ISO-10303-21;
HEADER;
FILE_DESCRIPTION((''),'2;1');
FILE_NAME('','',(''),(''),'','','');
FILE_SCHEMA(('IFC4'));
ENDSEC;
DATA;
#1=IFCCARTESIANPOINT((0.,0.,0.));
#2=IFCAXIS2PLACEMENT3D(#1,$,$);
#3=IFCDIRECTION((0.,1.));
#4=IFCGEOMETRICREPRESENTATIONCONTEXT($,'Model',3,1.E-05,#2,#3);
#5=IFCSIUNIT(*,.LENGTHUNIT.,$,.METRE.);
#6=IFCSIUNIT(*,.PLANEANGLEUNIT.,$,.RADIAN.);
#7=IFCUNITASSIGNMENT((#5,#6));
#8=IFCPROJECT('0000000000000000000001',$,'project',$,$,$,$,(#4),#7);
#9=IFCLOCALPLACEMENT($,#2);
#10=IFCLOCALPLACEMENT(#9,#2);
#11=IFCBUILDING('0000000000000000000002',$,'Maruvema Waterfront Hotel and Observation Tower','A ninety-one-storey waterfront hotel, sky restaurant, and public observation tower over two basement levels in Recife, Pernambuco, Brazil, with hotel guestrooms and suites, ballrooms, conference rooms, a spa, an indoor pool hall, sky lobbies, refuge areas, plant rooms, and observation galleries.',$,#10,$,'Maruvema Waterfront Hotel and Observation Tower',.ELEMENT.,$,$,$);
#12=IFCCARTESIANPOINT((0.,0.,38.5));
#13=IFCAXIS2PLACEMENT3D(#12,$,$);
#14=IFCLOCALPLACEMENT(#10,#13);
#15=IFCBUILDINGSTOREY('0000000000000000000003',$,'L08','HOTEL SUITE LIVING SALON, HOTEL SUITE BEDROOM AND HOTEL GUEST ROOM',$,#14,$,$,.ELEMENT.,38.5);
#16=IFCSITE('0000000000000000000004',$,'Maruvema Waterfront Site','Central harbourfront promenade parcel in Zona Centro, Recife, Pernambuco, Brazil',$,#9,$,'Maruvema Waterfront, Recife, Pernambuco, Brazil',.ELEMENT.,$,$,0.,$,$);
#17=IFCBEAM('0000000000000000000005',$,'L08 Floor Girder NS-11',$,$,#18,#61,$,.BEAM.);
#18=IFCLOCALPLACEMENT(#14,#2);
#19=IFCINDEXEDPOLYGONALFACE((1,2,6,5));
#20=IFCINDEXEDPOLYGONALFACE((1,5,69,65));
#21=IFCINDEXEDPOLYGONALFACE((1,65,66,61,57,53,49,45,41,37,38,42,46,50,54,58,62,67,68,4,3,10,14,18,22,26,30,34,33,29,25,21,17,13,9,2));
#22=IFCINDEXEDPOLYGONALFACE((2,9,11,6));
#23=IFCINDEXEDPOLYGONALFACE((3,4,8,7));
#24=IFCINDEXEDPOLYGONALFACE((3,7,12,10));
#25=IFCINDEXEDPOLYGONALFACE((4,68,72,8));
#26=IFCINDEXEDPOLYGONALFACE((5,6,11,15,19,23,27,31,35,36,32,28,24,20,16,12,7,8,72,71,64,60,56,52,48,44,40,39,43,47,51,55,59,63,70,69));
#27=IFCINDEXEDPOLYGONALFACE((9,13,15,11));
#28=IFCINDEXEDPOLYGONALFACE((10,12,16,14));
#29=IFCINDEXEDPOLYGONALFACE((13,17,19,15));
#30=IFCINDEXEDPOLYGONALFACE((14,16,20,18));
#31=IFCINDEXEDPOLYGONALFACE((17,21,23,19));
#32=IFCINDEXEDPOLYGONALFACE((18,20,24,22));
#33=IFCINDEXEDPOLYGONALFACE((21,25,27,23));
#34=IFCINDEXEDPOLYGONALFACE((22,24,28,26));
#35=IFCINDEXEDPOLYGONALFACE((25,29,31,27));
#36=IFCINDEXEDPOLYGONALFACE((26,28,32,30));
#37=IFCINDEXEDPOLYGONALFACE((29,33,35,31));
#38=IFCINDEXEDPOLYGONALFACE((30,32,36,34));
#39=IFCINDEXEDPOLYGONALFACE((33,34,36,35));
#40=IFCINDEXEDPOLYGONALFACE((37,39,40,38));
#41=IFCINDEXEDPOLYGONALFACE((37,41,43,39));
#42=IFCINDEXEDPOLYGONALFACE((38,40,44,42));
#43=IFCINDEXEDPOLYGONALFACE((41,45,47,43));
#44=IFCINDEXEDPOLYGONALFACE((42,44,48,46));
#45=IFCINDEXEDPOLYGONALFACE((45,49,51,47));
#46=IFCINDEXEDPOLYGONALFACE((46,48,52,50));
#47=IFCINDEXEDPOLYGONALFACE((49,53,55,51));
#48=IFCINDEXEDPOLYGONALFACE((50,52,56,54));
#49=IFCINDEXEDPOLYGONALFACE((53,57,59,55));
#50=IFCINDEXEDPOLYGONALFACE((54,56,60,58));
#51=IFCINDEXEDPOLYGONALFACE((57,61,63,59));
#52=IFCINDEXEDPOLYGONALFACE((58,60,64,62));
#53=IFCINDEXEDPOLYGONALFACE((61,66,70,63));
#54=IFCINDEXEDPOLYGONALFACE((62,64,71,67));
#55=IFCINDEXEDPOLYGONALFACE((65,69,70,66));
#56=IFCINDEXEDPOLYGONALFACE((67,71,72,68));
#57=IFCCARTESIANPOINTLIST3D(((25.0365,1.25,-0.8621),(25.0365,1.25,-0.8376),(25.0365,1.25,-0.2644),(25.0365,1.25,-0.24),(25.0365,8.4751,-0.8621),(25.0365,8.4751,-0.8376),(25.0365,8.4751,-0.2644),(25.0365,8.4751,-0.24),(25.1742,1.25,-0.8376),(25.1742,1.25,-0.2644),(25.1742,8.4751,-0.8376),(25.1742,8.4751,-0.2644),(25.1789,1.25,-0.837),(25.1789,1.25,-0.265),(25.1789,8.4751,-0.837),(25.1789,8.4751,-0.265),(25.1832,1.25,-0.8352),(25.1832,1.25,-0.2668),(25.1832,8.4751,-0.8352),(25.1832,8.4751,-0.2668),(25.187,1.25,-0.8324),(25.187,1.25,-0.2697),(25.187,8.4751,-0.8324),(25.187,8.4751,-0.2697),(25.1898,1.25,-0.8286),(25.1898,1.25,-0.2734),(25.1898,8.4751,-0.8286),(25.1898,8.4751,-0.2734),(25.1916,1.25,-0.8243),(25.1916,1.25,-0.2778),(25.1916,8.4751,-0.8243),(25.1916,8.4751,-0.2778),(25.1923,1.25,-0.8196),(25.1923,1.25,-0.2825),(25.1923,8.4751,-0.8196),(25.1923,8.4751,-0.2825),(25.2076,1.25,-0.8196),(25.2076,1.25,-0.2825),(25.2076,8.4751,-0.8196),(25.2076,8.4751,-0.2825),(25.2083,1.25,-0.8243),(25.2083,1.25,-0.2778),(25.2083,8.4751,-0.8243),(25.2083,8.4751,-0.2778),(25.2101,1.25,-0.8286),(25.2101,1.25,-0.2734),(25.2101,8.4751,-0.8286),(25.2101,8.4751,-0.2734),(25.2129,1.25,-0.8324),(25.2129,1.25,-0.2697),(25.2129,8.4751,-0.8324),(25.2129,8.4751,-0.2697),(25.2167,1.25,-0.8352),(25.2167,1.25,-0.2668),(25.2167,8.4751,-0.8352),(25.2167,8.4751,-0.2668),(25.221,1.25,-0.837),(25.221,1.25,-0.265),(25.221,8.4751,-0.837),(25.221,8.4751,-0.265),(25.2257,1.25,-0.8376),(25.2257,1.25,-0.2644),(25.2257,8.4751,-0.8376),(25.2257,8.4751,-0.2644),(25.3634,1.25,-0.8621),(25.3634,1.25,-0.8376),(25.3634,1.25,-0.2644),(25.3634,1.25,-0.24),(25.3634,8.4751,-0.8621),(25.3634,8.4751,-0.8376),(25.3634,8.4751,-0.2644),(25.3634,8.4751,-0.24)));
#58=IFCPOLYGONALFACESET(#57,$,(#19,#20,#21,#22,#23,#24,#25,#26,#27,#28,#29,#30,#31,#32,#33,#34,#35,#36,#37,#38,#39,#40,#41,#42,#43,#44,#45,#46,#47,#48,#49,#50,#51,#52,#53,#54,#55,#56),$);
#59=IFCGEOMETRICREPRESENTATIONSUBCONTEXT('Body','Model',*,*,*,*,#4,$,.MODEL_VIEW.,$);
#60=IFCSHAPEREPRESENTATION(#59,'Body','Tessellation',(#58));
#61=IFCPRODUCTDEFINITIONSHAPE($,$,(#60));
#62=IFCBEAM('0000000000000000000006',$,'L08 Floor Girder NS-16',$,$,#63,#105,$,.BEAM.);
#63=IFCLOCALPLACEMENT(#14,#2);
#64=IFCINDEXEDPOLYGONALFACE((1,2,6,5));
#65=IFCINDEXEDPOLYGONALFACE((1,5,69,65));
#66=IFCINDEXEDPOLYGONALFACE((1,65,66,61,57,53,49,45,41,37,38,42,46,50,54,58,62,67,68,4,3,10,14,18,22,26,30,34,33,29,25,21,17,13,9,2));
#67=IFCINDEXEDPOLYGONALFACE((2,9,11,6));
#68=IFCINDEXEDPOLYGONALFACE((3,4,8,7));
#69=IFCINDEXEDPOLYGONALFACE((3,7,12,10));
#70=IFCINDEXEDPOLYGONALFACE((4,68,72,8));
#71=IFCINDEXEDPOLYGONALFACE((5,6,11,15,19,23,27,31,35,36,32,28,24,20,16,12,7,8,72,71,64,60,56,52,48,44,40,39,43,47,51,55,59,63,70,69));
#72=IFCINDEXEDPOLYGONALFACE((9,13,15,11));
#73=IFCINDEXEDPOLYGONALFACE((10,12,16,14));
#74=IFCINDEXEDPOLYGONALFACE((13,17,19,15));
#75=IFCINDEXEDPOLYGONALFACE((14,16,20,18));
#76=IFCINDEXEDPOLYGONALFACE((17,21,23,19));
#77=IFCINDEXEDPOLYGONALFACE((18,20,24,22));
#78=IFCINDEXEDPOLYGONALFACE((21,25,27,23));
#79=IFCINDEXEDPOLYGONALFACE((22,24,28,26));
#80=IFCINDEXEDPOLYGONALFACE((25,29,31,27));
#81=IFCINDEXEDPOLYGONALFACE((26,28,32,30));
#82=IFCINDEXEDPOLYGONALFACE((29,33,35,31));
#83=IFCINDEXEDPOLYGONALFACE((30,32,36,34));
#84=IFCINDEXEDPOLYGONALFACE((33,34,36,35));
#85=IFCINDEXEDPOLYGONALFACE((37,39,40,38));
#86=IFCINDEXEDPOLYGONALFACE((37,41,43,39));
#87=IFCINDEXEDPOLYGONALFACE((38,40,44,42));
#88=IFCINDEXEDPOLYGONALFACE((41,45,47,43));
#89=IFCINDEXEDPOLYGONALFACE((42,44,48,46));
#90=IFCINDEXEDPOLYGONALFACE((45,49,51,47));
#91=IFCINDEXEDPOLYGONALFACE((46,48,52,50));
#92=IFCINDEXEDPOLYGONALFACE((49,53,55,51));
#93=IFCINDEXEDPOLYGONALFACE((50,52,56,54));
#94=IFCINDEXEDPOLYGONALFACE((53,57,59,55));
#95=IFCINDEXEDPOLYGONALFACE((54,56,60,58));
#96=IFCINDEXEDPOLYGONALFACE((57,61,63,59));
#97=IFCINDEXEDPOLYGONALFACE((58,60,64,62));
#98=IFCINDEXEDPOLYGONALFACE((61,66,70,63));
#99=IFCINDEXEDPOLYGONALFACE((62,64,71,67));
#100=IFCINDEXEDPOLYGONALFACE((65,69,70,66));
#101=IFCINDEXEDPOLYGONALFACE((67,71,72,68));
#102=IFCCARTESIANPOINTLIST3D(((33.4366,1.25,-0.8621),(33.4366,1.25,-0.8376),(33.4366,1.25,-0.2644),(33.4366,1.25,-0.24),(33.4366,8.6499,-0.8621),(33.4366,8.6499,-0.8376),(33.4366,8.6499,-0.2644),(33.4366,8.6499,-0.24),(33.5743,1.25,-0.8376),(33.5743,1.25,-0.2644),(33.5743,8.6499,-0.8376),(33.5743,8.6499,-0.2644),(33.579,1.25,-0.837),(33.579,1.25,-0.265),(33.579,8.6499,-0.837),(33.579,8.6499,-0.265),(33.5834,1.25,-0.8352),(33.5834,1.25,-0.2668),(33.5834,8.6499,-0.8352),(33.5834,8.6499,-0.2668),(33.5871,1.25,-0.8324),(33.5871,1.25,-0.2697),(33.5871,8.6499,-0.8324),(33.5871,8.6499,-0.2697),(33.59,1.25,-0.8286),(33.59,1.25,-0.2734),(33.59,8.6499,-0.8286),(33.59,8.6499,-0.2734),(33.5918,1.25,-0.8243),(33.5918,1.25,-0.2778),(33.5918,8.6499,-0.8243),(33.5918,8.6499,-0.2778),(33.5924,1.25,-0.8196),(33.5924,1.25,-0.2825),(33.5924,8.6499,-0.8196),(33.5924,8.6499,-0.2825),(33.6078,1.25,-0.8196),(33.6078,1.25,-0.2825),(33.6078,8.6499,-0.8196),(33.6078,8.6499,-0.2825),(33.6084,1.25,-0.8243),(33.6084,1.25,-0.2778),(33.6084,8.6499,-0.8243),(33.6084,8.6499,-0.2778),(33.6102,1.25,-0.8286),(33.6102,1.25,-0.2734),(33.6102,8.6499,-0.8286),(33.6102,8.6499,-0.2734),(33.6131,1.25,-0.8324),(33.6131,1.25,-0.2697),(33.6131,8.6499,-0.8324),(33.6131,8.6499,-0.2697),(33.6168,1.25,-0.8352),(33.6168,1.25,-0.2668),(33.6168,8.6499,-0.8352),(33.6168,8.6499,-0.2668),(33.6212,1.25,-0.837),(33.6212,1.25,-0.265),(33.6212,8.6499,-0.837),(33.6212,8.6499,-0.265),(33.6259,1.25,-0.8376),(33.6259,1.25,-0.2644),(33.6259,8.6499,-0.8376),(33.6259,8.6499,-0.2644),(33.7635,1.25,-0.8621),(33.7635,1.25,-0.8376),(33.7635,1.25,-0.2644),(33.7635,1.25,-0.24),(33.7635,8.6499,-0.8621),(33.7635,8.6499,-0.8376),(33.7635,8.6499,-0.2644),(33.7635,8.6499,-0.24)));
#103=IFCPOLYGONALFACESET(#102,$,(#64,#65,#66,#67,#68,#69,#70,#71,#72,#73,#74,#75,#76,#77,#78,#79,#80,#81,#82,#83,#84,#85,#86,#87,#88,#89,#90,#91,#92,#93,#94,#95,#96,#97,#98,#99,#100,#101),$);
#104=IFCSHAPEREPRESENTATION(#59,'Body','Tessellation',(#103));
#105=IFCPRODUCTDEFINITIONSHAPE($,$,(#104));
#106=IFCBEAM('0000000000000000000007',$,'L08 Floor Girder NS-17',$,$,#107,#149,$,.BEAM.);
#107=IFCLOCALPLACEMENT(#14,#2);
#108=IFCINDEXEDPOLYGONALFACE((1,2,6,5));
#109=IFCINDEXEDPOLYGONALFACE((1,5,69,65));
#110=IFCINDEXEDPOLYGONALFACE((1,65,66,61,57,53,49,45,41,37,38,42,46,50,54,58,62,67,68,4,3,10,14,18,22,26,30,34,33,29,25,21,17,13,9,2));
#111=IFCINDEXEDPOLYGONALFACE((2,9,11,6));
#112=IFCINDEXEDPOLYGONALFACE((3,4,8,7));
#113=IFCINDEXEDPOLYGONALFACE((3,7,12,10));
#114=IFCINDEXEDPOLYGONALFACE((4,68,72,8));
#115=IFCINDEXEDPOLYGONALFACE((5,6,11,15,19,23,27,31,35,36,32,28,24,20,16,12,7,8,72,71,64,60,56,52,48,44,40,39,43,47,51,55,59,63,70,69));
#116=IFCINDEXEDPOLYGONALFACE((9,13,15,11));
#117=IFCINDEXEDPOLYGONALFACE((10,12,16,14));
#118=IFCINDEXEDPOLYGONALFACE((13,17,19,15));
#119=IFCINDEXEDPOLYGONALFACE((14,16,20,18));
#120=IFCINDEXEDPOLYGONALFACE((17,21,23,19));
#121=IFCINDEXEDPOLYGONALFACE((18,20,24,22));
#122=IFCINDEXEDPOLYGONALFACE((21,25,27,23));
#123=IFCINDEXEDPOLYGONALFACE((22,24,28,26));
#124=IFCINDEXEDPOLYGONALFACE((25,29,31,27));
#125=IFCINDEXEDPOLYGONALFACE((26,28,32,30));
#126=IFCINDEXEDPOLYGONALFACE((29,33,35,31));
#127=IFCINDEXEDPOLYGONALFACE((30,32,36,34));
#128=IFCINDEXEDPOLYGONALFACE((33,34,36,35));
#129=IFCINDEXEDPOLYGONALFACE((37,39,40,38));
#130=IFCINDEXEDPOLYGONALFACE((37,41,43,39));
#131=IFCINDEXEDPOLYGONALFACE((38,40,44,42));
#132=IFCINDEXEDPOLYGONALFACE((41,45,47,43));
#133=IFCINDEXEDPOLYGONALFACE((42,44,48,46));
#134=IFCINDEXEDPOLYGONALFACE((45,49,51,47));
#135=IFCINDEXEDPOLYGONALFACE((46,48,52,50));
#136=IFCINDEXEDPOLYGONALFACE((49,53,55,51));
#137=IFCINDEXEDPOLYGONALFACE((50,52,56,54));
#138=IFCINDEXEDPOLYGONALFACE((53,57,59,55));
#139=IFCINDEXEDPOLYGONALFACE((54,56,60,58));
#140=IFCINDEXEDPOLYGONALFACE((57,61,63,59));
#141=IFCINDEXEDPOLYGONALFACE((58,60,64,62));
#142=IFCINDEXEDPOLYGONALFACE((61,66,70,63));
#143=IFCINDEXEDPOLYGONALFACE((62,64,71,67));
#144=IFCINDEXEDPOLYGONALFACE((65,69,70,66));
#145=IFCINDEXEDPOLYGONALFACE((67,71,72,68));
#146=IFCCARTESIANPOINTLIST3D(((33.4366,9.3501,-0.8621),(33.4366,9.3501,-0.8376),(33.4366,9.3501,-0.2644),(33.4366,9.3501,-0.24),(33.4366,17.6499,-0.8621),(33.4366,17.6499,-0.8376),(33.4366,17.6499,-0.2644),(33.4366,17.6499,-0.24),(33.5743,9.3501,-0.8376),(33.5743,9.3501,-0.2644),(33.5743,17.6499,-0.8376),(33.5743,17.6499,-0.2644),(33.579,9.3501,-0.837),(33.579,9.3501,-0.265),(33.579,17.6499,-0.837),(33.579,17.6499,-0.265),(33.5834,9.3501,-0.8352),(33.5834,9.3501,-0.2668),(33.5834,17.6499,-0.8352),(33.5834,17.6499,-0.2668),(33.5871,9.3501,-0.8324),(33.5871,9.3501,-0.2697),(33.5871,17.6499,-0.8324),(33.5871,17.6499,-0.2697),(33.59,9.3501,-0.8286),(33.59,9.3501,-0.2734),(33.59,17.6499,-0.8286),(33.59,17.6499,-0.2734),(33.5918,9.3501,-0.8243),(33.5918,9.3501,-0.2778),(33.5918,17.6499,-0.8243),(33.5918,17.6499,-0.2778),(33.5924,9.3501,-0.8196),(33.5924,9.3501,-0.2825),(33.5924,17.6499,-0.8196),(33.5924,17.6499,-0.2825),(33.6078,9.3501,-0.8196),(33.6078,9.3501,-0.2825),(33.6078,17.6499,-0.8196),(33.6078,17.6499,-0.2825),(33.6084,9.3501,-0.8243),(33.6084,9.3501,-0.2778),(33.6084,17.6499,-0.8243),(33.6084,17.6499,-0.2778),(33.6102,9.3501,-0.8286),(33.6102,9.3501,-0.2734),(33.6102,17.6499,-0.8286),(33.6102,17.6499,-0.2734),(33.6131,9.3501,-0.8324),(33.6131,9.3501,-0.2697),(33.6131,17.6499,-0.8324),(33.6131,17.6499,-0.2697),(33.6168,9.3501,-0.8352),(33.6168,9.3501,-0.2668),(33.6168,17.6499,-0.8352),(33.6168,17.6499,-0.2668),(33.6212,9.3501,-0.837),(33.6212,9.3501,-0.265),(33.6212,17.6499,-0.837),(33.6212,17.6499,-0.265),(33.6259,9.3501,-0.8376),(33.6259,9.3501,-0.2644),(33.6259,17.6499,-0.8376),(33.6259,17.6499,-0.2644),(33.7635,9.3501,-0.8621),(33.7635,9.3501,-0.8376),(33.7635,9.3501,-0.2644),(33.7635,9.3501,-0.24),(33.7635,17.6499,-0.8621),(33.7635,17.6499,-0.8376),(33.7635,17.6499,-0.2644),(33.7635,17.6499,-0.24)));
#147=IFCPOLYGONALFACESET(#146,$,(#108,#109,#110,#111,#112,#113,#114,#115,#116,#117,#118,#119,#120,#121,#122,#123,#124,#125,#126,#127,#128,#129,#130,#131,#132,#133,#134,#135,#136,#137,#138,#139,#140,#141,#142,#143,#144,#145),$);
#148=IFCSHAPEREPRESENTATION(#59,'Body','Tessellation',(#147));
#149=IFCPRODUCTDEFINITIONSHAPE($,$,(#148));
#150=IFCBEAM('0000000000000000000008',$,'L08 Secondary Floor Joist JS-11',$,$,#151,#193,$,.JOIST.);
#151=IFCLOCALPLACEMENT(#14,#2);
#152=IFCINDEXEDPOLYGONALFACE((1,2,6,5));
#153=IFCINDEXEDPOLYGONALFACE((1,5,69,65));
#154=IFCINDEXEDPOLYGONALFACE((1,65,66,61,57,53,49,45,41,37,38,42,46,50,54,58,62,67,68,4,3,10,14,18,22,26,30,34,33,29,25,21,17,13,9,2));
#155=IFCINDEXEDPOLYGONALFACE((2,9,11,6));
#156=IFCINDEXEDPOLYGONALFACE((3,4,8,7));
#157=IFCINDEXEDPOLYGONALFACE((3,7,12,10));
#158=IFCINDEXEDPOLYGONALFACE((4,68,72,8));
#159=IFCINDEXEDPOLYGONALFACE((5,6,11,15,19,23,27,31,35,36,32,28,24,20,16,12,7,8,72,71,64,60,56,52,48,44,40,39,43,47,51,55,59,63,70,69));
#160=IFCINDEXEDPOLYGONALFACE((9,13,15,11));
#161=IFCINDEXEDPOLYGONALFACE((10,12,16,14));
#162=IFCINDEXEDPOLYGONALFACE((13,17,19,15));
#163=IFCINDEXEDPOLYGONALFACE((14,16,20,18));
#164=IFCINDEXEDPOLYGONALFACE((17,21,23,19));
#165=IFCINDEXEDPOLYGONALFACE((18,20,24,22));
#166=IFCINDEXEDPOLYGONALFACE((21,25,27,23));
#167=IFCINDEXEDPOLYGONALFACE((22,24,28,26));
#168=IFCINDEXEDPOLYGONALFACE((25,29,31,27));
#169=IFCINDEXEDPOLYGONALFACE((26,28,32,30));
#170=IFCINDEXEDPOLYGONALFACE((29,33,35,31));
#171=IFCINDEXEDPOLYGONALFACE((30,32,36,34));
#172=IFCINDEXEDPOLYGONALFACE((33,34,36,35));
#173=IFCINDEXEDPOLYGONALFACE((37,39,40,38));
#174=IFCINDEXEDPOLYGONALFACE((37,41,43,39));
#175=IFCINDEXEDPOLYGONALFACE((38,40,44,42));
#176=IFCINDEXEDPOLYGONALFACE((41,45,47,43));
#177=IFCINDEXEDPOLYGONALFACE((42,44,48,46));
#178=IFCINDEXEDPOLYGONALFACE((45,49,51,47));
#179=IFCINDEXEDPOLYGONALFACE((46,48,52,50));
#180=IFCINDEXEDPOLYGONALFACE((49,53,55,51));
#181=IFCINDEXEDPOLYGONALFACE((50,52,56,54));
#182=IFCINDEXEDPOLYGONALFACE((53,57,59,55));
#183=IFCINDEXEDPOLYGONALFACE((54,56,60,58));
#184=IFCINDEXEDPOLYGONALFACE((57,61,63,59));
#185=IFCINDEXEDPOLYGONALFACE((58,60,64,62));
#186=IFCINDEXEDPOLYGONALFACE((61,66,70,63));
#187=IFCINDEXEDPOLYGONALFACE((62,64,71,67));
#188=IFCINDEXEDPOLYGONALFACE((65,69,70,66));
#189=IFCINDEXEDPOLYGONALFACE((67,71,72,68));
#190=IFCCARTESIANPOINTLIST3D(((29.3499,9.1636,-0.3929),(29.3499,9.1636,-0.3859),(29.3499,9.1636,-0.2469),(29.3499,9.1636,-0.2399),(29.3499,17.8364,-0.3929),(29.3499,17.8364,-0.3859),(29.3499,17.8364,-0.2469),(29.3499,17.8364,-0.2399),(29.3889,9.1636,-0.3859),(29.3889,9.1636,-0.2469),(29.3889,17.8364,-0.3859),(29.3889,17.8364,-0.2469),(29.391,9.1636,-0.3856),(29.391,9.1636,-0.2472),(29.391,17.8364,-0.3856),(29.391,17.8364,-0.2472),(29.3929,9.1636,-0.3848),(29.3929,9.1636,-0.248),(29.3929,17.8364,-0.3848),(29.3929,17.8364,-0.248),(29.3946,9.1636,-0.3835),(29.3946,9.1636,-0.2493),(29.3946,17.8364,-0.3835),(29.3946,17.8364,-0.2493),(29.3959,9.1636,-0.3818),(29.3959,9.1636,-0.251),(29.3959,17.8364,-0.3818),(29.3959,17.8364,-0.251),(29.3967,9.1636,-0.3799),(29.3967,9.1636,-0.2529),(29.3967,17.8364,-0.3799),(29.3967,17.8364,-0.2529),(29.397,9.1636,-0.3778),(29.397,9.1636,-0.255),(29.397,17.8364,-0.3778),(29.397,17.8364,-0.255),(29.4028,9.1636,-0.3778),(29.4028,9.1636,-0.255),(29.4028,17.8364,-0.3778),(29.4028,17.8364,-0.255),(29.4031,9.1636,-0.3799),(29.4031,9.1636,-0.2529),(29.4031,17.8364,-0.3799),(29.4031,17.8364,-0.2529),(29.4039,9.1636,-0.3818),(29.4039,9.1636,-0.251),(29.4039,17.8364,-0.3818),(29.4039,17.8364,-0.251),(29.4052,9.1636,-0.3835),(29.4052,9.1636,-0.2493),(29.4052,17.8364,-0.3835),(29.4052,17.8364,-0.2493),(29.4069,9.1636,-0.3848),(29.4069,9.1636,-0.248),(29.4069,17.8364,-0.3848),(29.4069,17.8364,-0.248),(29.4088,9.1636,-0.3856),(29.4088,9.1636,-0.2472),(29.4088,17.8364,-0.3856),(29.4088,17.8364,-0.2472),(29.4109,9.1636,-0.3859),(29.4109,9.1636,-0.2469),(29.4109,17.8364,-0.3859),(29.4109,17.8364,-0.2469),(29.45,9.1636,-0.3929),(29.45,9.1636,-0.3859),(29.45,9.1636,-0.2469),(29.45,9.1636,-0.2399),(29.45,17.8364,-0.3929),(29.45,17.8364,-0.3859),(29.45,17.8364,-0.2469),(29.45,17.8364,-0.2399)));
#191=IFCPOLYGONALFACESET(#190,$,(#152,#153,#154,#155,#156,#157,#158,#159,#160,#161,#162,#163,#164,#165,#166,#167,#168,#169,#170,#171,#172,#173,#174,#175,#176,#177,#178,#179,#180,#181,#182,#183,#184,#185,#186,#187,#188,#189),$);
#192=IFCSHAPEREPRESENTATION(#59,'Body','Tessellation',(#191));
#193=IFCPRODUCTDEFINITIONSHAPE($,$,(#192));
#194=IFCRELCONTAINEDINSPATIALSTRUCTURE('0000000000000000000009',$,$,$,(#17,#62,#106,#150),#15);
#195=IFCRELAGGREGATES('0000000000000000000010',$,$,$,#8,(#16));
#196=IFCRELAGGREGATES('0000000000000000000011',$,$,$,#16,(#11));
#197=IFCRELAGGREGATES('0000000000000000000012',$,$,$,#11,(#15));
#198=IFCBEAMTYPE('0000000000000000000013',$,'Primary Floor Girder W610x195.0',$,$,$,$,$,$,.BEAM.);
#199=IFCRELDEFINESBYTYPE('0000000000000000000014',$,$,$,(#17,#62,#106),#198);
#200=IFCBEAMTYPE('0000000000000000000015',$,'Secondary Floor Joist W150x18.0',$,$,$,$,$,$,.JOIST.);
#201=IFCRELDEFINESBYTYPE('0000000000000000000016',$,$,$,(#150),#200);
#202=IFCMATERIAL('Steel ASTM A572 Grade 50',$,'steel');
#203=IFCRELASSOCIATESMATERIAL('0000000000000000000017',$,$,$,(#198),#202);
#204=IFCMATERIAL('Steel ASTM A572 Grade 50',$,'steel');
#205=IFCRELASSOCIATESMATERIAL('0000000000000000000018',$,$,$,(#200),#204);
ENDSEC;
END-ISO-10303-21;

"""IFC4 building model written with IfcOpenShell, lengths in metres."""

from ifc_helpers import new_model, si_unit, direction, frame, origin, origin_2d, place, context, subcontext, project, spatial, i_section, extrude, material, material_profile, profile_set, type_object, element, save


model = new_model("IFC4")

# Units and contexts
model_context = context("Model", 3, precision=1e-05, world=origin(), true_north=direction((0.0, 1.0)))
body_context = subcontext(model_context, "Body", "Model", "MODEL_VIEW")
ifc_project = project(units=[si_unit("LENGTHUNIT", "METRE"), si_unit("PLANEANGLEUNIT", "RADIAN")], contexts=[model_context])

# Site, building, storey
site_placement = place(None, origin())
site = spatial("IfcSite", under=ifc_project, at=site_placement, Name="Maruvema Waterfront Site", Description="Central harbourfront promenade parcel in Zona Centro, Recife, Pernambuco, Brazil", LongName="Maruvema Waterfront, Recife, Pernambuco, Brazil", CompositionType="ELEMENT", RefElevation=0.0)
building_placement = place(site_placement, origin())
building = spatial("IfcBuilding", under=site, at=building_placement, Name="Maruvema Waterfront Hotel and Observation Tower", Description="A ninety-one-storey waterfront hotel, sky restaurant, and public observation tower over two basement levels in Recife, Pernambuco, Brazil, with hotel guestrooms and suites, ballrooms, conference rooms, a spa, an indoor pool hall, sky lobbies, refuge areas, plant rooms, and observation galleries.", LongName="Maruvema Waterfront Hotel and Observation Tower", CompositionType="ELEMENT")
storey_placement = place(building_placement, frame((0.0, 0.0, 38.5)))
storey = spatial("IfcBuildingStorey", under=building, at=storey_placement, Name="L08", Description="HOTEL SUITE LIVING SALON, HOTEL SUITE BEDROOM AND HOTEL GUEST ROOM", CompositionType="ELEMENT", Elevation=38.5)

# Beams
ifc_material_1 = material(Name="Steel ASTM A572 Grade 50", Category="steel")
ifc_material_profile_1 = material_profile(ifc_material_1, i_section(OverallWidth=0.3269, OverallDepth=0.6221, WebThickness=0.0154, FlangeThickness=0.0244, FilletRadius=0.0181, at=origin_2d()), Name="W610x195.0")
ifc_profile_set_1 = profile_set([ifc_material_profile_1], Name="Steel ASTM A572 Grade 50")
beam_type_1 = type_object("IfcBeamType", Name="Primary Floor Girder W610x195.0", PredefinedType="BEAM", material=ifc_profile_set_1)
beam_1_placement = place(storey_placement, frame((25.2, 1.25, -0.551), z_axis=(0.0, 1.0, 0.0), x_axis=(-1.0, 0.0, 0.0)))
element("IfcBeam", 1, at=beam_1_placement, inside=storey, type_object=beam_type_1, Name="L08 Floor Girder NS-11", PredefinedType="BEAM", context=body_context, shape_type="SweptSolid", body=[
    extrude(i_section(OverallWidth=0.3269, OverallDepth=0.6221, WebThickness=0.0154, FlangeThickness=0.0244, FilletRadius=0.0181, at=origin_2d()), origin(), (0.0, 0.0, 1.0), 7.2251),
])
beam_2_placement = place(storey_placement, frame((33.6001, 1.25, -0.551), z_axis=(0.0, 1.0, 0.0), x_axis=(-1.0, 0.0, 0.0)))
element("IfcBeam", 2, at=beam_2_placement, inside=storey, type_object=beam_type_1, Name="L08 Floor Girder NS-16", PredefinedType="BEAM", context=body_context, shape_type="SweptSolid", body=[
    extrude(i_section(OverallWidth=0.3269, OverallDepth=0.6221, WebThickness=0.0154, FlangeThickness=0.0244, FilletRadius=0.0181, at=origin_2d()), origin(), (0.0, 0.0, 1.0), 7.3999),
])
beam_3_placement = place(storey_placement, frame((33.6001, 9.3501, -0.551), z_axis=(0.0, 1.0, 0.0), x_axis=(-1.0, 0.0, 0.0)))
element("IfcBeam", 3, at=beam_3_placement, inside=storey, type_object=beam_type_1, Name="L08 Floor Girder NS-17", PredefinedType="BEAM", context=body_context, shape_type="SweptSolid", body=[
    extrude(i_section(OverallWidth=0.3269, OverallDepth=0.6221, WebThickness=0.0154, FlangeThickness=0.0244, FilletRadius=0.0181, at=origin_2d()), origin(), (0.0, 0.0, 1.0), 8.2998),
])
ifc_material_2 = material(Name="Steel ASTM A572 Grade 50", Category="steel")
ifc_material_profile_2 = material_profile(ifc_material_2, i_section(OverallWidth=0.1001, OverallDepth=0.1531, WebThickness=0.0059, FlangeThickness=0.0071, FilletRadius=0.0081, at=origin_2d()), Name="W150x18.0")
ifc_profile_set_2 = profile_set([ifc_material_profile_2], Name="Steel ASTM A572 Grade 50")
beam_type_2 = type_object("IfcBeamType", Name="Secondary Floor Joist W150x18.0", PredefinedType="JOIST", material=ifc_profile_set_2)
beam_4_placement = place(storey_placement, frame((29.3999, 9.1636, -0.3164), z_axis=(0.0, 1.0, 0.0), x_axis=(-1.0, 0.0, 0.0)))
element("IfcBeam", 4, at=beam_4_placement, inside=storey, type_object=beam_type_2, Name="L08 Secondary Floor Joist JS-11", PredefinedType="JOIST", context=body_context, shape_type="SweptSolid", body=[
    extrude(i_section(OverallWidth=0.1001, OverallDepth=0.1531, WebThickness=0.0059, FlangeThickness=0.0071, FilletRadius=0.0081, at=origin_2d()), origin(), (0.0, 0.0, 1.0), 8.6729),
])

save(model, "model.ifc")
